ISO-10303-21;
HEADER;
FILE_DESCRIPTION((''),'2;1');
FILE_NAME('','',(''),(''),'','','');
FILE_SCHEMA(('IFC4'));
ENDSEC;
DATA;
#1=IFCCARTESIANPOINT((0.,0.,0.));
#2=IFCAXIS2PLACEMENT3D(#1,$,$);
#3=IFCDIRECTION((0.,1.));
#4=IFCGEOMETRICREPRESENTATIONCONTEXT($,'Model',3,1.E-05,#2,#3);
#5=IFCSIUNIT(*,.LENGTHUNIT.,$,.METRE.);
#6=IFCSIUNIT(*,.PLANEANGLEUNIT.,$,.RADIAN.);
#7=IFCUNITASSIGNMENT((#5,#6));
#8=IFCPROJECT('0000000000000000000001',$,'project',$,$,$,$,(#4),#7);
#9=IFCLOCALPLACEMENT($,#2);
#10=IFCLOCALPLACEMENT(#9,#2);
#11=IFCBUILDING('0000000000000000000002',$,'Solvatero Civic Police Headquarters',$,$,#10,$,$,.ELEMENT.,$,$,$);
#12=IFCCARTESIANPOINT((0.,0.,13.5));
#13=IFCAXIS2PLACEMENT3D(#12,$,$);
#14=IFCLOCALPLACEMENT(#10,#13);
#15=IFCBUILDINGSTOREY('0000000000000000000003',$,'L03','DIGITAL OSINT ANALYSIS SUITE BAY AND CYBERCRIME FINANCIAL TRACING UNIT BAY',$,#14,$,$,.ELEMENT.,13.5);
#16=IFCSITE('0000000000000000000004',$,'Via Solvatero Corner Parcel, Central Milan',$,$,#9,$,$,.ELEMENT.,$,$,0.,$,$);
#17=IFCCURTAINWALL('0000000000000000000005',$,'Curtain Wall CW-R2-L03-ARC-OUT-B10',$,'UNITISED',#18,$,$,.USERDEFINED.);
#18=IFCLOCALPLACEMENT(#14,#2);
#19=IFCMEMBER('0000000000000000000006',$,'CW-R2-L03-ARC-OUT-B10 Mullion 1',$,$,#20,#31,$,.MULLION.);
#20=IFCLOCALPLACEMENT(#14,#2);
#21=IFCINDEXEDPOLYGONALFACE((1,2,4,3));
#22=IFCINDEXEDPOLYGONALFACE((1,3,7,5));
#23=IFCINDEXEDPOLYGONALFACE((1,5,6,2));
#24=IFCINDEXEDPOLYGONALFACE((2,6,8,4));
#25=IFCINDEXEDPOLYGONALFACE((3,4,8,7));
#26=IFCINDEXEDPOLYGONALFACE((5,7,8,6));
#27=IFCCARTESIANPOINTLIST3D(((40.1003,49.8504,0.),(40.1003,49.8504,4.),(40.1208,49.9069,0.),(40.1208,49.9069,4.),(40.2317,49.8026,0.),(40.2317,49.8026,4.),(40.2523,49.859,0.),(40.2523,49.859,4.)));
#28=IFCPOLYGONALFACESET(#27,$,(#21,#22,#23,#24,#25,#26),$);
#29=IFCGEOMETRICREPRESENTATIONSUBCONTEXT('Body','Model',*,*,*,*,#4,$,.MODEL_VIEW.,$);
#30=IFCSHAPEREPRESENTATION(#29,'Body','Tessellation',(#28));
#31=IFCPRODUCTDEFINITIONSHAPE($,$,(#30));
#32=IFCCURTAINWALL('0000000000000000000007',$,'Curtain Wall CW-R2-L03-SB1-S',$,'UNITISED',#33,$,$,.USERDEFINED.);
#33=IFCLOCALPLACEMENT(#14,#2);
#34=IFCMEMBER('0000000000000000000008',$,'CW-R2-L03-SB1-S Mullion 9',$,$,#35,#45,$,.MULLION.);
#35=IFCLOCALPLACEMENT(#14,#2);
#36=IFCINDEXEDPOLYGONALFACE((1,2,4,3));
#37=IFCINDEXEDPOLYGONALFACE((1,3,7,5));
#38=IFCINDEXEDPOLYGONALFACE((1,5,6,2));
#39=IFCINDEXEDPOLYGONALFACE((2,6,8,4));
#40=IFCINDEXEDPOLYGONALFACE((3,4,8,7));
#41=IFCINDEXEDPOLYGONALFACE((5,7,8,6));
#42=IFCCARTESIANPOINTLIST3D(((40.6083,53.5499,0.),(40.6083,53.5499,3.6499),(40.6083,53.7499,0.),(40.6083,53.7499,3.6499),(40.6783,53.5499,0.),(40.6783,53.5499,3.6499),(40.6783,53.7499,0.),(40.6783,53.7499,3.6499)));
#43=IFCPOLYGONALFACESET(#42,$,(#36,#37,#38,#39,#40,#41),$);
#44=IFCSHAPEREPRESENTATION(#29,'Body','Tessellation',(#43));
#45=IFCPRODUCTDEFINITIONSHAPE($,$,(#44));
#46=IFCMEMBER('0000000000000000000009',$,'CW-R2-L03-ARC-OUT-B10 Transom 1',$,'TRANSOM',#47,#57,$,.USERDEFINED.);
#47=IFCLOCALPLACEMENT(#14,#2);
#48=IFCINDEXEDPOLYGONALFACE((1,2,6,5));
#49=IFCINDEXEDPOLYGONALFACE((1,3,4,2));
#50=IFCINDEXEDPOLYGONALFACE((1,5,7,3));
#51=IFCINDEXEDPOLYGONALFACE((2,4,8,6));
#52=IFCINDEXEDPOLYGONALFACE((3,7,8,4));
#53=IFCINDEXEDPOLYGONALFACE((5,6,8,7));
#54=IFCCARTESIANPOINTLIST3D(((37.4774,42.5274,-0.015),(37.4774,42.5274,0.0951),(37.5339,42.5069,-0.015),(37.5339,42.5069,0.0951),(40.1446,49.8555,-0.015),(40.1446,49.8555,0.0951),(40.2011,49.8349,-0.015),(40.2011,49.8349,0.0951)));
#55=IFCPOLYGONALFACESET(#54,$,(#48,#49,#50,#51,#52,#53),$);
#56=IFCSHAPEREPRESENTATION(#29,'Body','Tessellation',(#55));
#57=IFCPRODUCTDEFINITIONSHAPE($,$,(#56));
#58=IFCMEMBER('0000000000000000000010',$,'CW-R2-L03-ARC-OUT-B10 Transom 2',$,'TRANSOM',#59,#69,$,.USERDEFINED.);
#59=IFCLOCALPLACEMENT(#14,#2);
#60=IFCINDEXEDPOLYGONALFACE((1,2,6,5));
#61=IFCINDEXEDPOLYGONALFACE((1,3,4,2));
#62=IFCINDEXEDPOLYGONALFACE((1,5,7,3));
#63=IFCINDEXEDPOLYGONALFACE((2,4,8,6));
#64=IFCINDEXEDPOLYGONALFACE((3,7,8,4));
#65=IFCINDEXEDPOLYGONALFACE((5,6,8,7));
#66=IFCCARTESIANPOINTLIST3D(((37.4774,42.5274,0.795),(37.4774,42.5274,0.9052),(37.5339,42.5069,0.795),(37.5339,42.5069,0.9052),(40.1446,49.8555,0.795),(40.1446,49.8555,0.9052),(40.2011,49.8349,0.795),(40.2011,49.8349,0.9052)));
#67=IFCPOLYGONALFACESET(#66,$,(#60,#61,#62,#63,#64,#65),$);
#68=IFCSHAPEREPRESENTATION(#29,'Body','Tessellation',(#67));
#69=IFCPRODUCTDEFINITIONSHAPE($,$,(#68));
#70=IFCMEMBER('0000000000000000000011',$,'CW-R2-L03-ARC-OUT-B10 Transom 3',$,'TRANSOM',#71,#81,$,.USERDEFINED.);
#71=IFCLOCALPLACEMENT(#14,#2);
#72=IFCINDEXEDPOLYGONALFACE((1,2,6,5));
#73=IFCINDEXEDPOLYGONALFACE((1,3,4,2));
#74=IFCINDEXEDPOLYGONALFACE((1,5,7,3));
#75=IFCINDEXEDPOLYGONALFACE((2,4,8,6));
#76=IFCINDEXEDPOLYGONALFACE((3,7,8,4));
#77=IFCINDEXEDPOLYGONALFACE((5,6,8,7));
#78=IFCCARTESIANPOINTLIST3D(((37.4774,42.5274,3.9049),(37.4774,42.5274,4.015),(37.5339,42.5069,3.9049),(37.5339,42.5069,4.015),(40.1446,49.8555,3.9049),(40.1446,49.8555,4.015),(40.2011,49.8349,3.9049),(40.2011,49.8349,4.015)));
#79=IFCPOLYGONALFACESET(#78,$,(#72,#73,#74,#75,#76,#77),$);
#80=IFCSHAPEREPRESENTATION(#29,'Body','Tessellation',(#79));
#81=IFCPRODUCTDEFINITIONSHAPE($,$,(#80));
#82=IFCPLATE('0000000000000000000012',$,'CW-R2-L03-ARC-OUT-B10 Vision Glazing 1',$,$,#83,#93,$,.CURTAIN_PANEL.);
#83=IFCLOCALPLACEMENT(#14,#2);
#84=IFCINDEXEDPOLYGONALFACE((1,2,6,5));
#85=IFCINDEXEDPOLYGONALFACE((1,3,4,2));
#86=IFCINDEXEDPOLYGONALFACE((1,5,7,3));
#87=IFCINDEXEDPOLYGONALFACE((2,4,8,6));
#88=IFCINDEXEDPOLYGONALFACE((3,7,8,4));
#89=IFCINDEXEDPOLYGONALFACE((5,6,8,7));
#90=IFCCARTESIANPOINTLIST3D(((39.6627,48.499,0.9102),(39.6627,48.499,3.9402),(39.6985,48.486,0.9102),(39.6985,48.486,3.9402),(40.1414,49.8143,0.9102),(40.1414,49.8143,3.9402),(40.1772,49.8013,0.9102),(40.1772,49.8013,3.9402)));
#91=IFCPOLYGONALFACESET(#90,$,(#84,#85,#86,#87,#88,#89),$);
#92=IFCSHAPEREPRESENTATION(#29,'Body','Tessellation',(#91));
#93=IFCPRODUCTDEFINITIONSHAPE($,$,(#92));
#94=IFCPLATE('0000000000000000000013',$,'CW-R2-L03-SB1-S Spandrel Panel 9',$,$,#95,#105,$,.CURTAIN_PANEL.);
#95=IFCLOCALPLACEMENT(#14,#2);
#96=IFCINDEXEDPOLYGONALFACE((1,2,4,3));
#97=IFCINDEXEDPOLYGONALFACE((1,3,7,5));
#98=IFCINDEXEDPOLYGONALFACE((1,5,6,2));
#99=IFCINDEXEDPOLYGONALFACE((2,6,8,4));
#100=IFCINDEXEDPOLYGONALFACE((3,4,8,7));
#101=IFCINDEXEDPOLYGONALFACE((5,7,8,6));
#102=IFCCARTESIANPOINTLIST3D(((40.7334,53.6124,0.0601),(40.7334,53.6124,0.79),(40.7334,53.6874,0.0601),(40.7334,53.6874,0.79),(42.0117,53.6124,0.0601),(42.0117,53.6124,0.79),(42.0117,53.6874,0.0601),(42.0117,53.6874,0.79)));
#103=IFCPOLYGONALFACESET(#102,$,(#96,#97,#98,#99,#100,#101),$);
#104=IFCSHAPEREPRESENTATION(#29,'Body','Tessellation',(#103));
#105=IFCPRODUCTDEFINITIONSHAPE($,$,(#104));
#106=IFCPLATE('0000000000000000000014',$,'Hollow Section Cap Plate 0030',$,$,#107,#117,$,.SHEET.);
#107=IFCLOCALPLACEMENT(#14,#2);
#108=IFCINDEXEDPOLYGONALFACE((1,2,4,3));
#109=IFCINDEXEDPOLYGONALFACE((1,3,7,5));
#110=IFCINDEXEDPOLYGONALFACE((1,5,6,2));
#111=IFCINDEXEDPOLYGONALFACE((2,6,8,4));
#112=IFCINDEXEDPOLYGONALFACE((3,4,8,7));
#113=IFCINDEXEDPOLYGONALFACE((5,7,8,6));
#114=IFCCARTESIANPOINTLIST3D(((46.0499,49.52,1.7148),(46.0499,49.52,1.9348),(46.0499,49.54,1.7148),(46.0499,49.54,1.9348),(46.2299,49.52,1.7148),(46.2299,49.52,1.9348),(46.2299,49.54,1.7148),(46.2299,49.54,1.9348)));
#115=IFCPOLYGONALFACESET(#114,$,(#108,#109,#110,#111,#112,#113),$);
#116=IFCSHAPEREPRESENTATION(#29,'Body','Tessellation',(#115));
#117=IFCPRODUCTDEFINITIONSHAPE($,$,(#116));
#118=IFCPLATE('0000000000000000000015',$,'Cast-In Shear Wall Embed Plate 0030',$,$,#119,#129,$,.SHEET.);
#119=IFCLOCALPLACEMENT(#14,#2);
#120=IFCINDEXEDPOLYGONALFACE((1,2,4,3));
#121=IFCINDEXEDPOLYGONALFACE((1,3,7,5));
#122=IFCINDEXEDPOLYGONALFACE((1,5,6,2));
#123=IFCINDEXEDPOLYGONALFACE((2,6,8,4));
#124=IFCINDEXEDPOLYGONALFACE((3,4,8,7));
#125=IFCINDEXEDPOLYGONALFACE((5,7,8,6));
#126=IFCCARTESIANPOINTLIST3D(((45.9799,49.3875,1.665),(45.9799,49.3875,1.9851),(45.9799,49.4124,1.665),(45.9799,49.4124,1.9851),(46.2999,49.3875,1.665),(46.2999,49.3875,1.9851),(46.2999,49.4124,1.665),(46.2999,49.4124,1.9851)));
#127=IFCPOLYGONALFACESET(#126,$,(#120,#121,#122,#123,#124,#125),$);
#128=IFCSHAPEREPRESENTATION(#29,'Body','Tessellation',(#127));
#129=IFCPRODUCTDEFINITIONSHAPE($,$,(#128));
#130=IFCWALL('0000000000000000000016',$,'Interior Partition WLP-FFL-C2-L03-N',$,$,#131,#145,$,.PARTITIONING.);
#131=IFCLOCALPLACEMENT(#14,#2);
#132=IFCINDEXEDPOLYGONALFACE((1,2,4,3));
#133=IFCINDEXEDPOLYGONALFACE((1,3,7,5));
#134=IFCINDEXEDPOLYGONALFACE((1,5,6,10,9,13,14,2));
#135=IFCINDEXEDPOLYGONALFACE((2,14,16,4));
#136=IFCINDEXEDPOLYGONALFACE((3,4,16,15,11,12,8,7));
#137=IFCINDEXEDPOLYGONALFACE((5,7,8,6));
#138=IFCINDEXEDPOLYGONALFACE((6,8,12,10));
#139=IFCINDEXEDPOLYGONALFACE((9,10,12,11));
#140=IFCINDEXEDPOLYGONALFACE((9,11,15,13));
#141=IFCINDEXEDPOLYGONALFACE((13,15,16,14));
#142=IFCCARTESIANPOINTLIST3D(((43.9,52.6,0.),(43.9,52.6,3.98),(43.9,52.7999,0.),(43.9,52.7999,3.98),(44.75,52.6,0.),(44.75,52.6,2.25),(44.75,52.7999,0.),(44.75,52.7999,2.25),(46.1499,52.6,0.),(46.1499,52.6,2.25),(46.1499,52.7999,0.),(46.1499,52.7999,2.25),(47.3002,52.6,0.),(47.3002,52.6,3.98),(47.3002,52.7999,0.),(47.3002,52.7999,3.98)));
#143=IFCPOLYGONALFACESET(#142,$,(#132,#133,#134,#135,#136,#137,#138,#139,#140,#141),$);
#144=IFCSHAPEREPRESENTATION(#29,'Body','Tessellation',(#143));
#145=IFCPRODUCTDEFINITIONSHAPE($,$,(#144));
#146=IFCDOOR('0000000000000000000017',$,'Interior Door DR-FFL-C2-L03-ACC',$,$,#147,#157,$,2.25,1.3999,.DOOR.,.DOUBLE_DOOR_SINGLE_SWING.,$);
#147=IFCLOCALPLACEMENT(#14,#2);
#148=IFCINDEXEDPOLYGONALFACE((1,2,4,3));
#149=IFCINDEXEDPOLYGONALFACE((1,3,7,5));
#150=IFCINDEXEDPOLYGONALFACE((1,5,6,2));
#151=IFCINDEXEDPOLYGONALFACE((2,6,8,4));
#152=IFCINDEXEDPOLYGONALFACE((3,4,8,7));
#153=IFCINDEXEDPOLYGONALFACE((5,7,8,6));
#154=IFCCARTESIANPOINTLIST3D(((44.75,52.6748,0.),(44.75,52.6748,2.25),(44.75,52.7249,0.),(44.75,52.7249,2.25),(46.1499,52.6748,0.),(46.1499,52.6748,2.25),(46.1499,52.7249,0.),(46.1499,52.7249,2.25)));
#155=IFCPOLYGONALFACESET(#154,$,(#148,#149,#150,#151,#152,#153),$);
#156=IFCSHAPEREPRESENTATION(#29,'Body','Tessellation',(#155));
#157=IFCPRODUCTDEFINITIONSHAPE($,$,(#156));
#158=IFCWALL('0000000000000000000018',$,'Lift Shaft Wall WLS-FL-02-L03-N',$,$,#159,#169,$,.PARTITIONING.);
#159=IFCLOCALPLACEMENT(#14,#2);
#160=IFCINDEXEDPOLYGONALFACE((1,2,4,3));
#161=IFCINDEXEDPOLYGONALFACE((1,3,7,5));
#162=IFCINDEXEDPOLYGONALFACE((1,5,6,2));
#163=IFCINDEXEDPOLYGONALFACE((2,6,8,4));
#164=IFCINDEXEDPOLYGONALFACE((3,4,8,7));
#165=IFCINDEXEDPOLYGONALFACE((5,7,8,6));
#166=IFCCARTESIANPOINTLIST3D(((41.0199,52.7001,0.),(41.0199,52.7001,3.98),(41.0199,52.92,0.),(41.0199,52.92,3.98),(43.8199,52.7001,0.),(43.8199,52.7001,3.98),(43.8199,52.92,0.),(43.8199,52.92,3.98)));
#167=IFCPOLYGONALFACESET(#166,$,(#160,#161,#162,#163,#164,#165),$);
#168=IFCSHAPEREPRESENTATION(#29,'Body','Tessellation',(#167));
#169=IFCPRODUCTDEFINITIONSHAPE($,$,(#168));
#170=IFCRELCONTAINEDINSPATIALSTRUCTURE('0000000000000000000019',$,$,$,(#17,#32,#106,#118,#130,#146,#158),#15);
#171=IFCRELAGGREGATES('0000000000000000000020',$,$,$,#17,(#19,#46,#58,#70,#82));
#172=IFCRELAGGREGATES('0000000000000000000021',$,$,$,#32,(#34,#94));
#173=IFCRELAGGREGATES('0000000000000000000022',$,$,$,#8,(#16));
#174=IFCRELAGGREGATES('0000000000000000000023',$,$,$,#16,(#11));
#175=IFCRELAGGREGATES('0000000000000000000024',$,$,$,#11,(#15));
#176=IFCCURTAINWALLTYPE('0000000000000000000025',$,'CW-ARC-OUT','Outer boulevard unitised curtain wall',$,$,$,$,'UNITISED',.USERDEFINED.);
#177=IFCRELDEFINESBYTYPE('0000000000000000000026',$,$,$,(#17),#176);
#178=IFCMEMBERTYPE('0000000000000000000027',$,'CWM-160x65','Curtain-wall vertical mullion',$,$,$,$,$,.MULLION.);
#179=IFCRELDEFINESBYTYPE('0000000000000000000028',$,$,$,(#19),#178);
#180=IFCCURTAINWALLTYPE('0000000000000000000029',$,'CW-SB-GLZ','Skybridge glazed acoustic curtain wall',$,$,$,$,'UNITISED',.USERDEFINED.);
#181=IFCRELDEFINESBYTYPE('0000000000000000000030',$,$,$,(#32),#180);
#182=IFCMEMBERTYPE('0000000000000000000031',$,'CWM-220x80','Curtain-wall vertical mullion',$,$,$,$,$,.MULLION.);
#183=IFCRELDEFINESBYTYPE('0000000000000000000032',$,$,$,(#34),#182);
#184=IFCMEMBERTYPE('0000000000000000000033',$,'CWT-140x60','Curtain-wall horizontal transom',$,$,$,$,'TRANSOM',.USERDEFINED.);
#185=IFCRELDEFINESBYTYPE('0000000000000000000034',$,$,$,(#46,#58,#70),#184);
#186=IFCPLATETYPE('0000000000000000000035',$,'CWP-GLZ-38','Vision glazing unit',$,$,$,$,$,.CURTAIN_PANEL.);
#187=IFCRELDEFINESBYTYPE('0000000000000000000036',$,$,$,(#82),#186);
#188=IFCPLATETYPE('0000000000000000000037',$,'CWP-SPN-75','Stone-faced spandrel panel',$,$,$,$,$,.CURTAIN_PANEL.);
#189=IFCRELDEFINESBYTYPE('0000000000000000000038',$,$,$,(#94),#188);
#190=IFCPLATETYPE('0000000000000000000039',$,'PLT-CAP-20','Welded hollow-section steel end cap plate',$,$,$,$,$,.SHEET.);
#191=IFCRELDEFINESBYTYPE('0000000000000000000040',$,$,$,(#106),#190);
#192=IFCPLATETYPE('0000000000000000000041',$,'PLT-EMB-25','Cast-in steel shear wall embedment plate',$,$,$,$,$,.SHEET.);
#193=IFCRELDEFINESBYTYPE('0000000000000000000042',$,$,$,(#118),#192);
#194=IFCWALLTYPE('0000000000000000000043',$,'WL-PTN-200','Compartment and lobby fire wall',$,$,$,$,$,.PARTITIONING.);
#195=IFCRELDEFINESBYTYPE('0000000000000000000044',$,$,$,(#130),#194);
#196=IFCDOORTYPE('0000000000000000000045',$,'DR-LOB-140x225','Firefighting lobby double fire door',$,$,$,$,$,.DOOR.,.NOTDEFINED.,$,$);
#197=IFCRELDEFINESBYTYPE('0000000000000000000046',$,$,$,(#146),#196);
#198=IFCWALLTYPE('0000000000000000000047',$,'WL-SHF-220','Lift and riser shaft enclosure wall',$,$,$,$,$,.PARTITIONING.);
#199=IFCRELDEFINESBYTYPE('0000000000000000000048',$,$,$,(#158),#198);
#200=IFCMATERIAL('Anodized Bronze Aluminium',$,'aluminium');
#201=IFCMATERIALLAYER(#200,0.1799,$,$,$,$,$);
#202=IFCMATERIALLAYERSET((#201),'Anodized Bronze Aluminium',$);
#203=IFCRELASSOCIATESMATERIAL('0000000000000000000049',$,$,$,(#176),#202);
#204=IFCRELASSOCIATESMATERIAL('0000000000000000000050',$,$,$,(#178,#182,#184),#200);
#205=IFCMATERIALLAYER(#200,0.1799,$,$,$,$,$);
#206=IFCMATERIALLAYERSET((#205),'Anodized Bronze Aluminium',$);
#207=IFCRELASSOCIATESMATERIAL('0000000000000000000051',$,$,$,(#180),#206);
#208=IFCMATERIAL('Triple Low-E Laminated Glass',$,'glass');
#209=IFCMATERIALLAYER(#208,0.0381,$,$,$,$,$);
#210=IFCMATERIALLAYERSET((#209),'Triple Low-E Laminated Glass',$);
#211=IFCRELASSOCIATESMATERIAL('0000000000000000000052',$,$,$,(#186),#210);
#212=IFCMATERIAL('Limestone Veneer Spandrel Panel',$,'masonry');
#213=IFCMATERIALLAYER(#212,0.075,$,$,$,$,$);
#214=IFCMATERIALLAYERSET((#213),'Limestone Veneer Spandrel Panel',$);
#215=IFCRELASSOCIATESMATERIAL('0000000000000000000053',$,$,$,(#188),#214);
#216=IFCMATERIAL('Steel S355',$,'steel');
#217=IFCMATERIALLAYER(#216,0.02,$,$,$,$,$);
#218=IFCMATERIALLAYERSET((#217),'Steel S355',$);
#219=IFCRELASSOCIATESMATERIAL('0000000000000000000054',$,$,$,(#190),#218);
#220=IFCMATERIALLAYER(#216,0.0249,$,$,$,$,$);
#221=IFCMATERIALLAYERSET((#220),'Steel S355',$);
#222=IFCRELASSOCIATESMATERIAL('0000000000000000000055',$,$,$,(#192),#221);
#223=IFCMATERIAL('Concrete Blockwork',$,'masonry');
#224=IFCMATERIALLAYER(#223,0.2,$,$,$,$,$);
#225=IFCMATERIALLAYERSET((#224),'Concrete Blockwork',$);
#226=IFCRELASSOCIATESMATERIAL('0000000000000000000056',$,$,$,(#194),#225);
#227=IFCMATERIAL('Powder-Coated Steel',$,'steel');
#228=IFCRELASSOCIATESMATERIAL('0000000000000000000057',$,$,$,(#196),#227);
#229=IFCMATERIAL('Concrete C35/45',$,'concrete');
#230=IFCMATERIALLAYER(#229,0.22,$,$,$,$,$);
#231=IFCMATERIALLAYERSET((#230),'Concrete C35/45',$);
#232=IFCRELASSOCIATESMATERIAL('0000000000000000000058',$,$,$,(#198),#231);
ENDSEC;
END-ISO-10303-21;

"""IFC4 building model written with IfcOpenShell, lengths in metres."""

from ifc_helpers import new_model, si_unit, direction, frame, frame_2d, origin, origin_2d, place, context, subcontext, project, spatial, rectangle, extrude, material, layer, layer_set, material_profile, profile_set, type_object, element, fill, aggregate, save


model = new_model("IFC4")

# Units and contexts
model_context = context("Model", 3, precision=1e-05, world=origin(), true_north=direction((0.0, 1.0)))
body_context = subcontext(model_context, "Body", "Model", "MODEL_VIEW")
ifc_project = project(units=[si_unit("LENGTHUNIT", "METRE"), si_unit("PLANEANGLEUNIT", "RADIAN")], contexts=[model_context])

# Site, building, storey
site_placement = place(None, origin())
site = spatial("IfcSite", under=ifc_project, at=site_placement, Name="Via Solvatero Corner Parcel, Central Milan", CompositionType="ELEMENT", RefElevation=0.0)
building_placement = place(site_placement, origin())
building = spatial("IfcBuilding", under=site, at=building_placement, Name="Solvatero Civic Police Headquarters", CompositionType="ELEMENT")
storey_placement = place(building_placement, frame((0.0, 0.0, 13.5)))
storey = spatial("IfcBuildingStorey", under=building, at=storey_placement, Name="L03", Description="DIGITAL OSINT ANALYSIS SUITE BAY AND CYBERCRIME FINANCIAL TRACING UNIT BAY", CompositionType="ELEMENT", Elevation=13.5)

# Curtain walls, members
ifc_material_1 = material(Name="Anodized Bronze Aluminium", Category="aluminium")
ifc_layer_1 = layer(ifc_material_1, 0.1799)
ifc_layer_set_1 = layer_set([ifc_layer_1], Name="Anodized Bronze Aluminium")
curtain_wall_type_1 = type_object("IfcCurtainWallType", Name="CW-ARC-OUT", Description="Outer boulevard unitised curtain wall", ElementType="UNITISED", PredefinedType="USERDEFINED", material=ifc_layer_set_1)
curtain_wall_1_placement = place(storey_placement, origin())
curtain_wall_1 = element("IfcCurtainWall", 1, at=curtain_wall_1_placement, inside=storey, type_object=curtain_wall_type_1, Name="Curtain Wall CW-R2-L03-ARC-OUT-B10", ObjectType="UNITISED", PredefinedType="USERDEFINED")
ifc_material_profile_1 = material_profile(ifc_material_1, rectangle(XDim=0.0601, YDim=0.1399, at=origin_2d()), Name="ALU MULLION 60x140")
ifc_profile_set_1 = profile_set([ifc_material_profile_1], Name="Anodized Bronze Aluminium")
member_type_1 = type_object("IfcMemberType", Name="CWM-160x65", Description="Curtain-wall vertical mullion", PredefinedType="MULLION", material=ifc_profile_set_1)
member_1_placement = place(storey_placement, frame((40.1763, 49.8547, 0.0), z_axis=(0.0, 0.0, 1.0), x_axis=(-0.34202, -0.939693, 0.0)))
member_1 = element("IfcMember", 2, at=member_1_placement, type_object=member_type_1, Name="CW-R2-L03-ARC-OUT-B10 Mullion 1", PredefinedType="MULLION", context=body_context, shape_type="SweptSolid", body=[
    extrude(rectangle(XDim=0.0601, YDim=0.1399, at=origin_2d()), origin(), (0.0, 0.0, 1.0), 4.0),
])
ifc_layer_2 = layer(ifc_material_1, 0.1799)
ifc_layer_set_2 = layer_set([ifc_layer_2], Name="Anodized Bronze Aluminium")
curtain_wall_type_2 = type_object("IfcCurtainWallType", Name="CW-SB-GLZ", Description="Skybridge glazed acoustic curtain wall", ElementType="UNITISED", PredefinedType="USERDEFINED", material=ifc_layer_set_2)
curtain_wall_2_placement = place(storey_placement, origin())
curtain_wall_2 = element("IfcCurtainWall", 3, at=curtain_wall_2_placement, inside=storey, type_object=curtain_wall_type_2, Name="Curtain Wall CW-R2-L03-SB1-S", ObjectType="UNITISED", PredefinedType="USERDEFINED")
ifc_material_profile_2 = material_profile(ifc_material_1, rectangle(XDim=0.0701, YDim=0.2, at=origin_2d()), Name="ALU MULLION 70x200")
ifc_profile_set_2 = profile_set([ifc_material_profile_2], Name="Anodized Bronze Aluminium")
member_type_2 = type_object("IfcMemberType", Name="CWM-220x80", Description="Curtain-wall vertical mullion", PredefinedType="MULLION", material=ifc_profile_set_2)
member_2_placement = place(storey_placement, frame((40.6433, 53.6499, 0.0), z_axis=(0.0, 0.0, 1.0), x_axis=(1.0, 0.0, 0.0)))
member_2 = element("IfcMember", 4, at=member_2_placement, type_object=member_type_2, Name="CW-R2-L03-SB1-S Mullion 9", PredefinedType="MULLION", context=body_context, shape_type="SweptSolid", body=[
    extrude(rectangle(XDim=0.0701, YDim=0.2, at=origin_2d()), origin(), (0.0, 0.0, 1.0), 3.6499),
])

# Members
ifc_material_profile_3 = material_profile(ifc_material_1, rectangle(XDim=0.0601, YDim=0.1101, at=origin_2d()), Name="ALU TRANSOM 60x110")
ifc_profile_set_3 = profile_set([ifc_material_profile_3], Name="Anodized Bronze Aluminium")
member_type_3 = type_object("IfcMemberType", Name="CWT-140x60", Description="Curtain-wall horizontal transom", ElementType="TRANSOM", PredefinedType="USERDEFINED", material=ifc_profile_set_3)
member_3_placement = place(storey_placement, frame((40.1729, 49.8452, 0.04), z_axis=(-0.342022, -0.939692, 0.0), x_axis=(0.939692, -0.342022, 0.0)))
member_3 = element("IfcMember", 5, at=member_3_placement, type_object=member_type_3, Name="CW-R2-L03-ARC-OUT-B10 Transom 1", ObjectType="TRANSOM", PredefinedType="USERDEFINED", context=body_context, shape_type="SweptSolid", body=[
    extrude(rectangle(XDim=0.0601, YDim=0.1101, at=origin_2d()), origin(), (0.0, 0.0, 1.0), 7.7983),
])
member_4_placement = place(storey_placement, frame((40.1729, 49.8452, 0.8501), z_axis=(-0.342022, -0.939692, 0.0), x_axis=(0.939692, -0.342022, 0.0)))
member_4 = element("IfcMember", 6, at=member_4_placement, type_object=member_type_3, Name="CW-R2-L03-ARC-OUT-B10 Transom 2", ObjectType="TRANSOM", PredefinedType="USERDEFINED", context=body_context, shape_type="SweptSolid", body=[
    extrude(rectangle(XDim=0.0601, YDim=0.1101, at=origin_2d()), origin(), (0.0, 0.0, 1.0), 7.7983),
])
member_5_placement = place(storey_placement, frame((40.1729, 49.8452, 3.96), z_axis=(-0.342022, -0.939692, 0.0), x_axis=(0.939692, -0.342022, 0.0)))
member_5 = element("IfcMember", 7, at=member_5_placement, type_object=member_type_3, Name="CW-R2-L03-ARC-OUT-B10 Transom 3", ObjectType="TRANSOM", PredefinedType="USERDEFINED", context=body_context, shape_type="SweptSolid", body=[
    extrude(rectangle(XDim=0.0601, YDim=0.1101, at=origin_2d()), origin(), (0.0, 0.0, 1.0), 7.7983),
])

# Plates
ifc_material_2 = material(Name="Triple Low-E Laminated Glass", Category="glass")
ifc_layer_3 = layer(ifc_material_2, 0.0381)
ifc_layer_set_3 = layer_set([ifc_layer_3], Name="Triple Low-E Laminated Glass")
plate_type_1 = type_object("IfcPlateType", Name="CWP-GLZ-38", Description="Vision glazing unit", PredefinedType="CURTAIN_PANEL", material=ifc_layer_set_3)
plate_1_placement = place(storey_placement, frame((39.9199, 49.1501, 0.9102), z_axis=(0.0, 0.0, 1.0), x_axis=(-0.34202, -0.939693, 0.0)))
plate_1 = element("IfcPlate", 8, at=plate_1_placement, type_object=plate_type_1, Name="CW-R2-L03-ARC-OUT-B10 Vision Glazing 1", PredefinedType="CURTAIN_PANEL", context=body_context, shape_type="SweptSolid", body=[
    extrude(rectangle(XDim=1.3997, YDim=0.0381, at=origin_2d()), origin(), (0.0, 0.0, 1.0), 3.03),
])
aggregate(curtain_wall_1, [member_1, member_3, member_4, member_5, plate_1])
ifc_material_3 = material(Name="Limestone Veneer Spandrel Panel", Category="masonry")
ifc_layer_4 = layer(ifc_material_3, 0.075)
ifc_layer_set_4 = layer_set([ifc_layer_4], Name="Limestone Veneer Spandrel Panel")
plate_type_2 = type_object("IfcPlateType", Name="CWP-SPN-75", Description="Stone-faced spandrel panel", PredefinedType="CURTAIN_PANEL", material=ifc_layer_set_4)
plate_2_placement = place(storey_placement, frame((41.3726, 53.6499, 0.0601), z_axis=(0.0, 0.0, 1.0), x_axis=(1.0, 0.0, 0.0)))
plate_2 = element("IfcPlate", 9, at=plate_2_placement, type_object=plate_type_2, Name="CW-R2-L03-SB1-S Spandrel Panel 9", PredefinedType="CURTAIN_PANEL", context=body_context, shape_type="SweptSolid", body=[
    extrude(rectangle(XDim=1.2783, YDim=0.075, at=origin_2d()), origin(), (0.0, 0.0, 1.0), 0.73),
])
aggregate(curtain_wall_2, [member_2, plate_2])

# Plates
ifc_material_4 = material(Name="Steel S355", Category="steel")
ifc_layer_5 = layer(ifc_material_4, 0.02)
ifc_layer_set_5 = layer_set([ifc_layer_5], Name="Steel S355")
plate_type_3 = type_object("IfcPlateType", Name="PLT-CAP-20", Description="Welded hollow-section steel end cap plate", PredefinedType="SHEET", material=ifc_layer_set_5)
plate_3_placement = place(storey_placement, frame((46.1399, 49.53, 1.7148), z_axis=(0.0, 0.0, 1.0), x_axis=(1.0, 0.0, 0.0)))
element("IfcPlate", 10, at=plate_3_placement, inside=storey, type_object=plate_type_3, Name="Hollow Section Cap Plate 0030", PredefinedType="SHEET", context=body_context, shape_type="SweptSolid", body=[
    extrude(rectangle(XDim=0.1799, YDim=0.02, at=origin_2d()), origin(), (0.0, 0.0, 1.0), 0.22),
])
ifc_layer_6 = layer(ifc_material_4, 0.0249)
ifc_layer_set_6 = layer_set([ifc_layer_6], Name="Steel S355")
plate_type_4 = type_object("IfcPlateType", Name="PLT-EMB-25", Description="Cast-in steel shear wall embedment plate", PredefinedType="SHEET", material=ifc_layer_set_6)
plate_4_placement = place(storey_placement, frame((46.1399, 49.3999, 1.665), z_axis=(0.0, 0.0, 1.0), x_axis=(1.0, 0.0, 0.0)))
element("IfcPlate", 11, at=plate_4_placement, inside=storey, type_object=plate_type_4, Name="Cast-In Shear Wall Embed Plate 0030", PredefinedType="SHEET", context=body_context, shape_type="SweptSolid", body=[
    extrude(rectangle(XDim=0.3201, YDim=0.0249, at=origin_2d()), origin(), (0.0, 0.0, 1.0), 0.3201),
])

# Wall, opening, door
ifc_material_5 = material(Name="Concrete Blockwork", Category="masonry")
ifc_layer_7 = layer(ifc_material_5, 0.2)
ifc_layer_set_7 = layer_set([ifc_layer_7], Name="Concrete Blockwork")
wall_type_1 = type_object("IfcWallType", Name="WL-PTN-200", Description="Compartment and lobby fire wall", PredefinedType="PARTITIONING", material=ifc_layer_set_7)
wall_1_placement = place(storey_placement, frame((43.8999, 52.7, 0.0), z_axis=(0.0, 0.0, 1.0), x_axis=(1.0, 0.0, 0.0)))
wall_1 = element("IfcWall", 12, at=wall_1_placement, inside=storey, type_object=wall_type_1, Name="Interior Partition WLP-FFL-C2-L03-N", PredefinedType="PARTITIONING", context=body_context, shape_type="SweptSolid", body=[
    extrude(rectangle(XDim=3.4001, YDim=0.2, at=frame_2d((1.7002, 0.0))), origin(), (0.0, 0.0, 1.0), 3.98),
])
opening_1_placement = place(wall_1_placement, frame((0.8501, 0.0, 0.0)))
opening_1 = element("IfcOpeningElement", 13, at=opening_1_placement, cuts=wall_1, PredefinedType="OPENING", context=body_context, shape_type="SweptSolid", body=[
    extrude(rectangle(XDim=1.3999, YDim=2.25, at=frame_2d((0.7, 1.125))), frame((0.0, 0.1099, 0.0), z_axis=(0.0, -1.0, 0.0), x_axis=(1.0, 0.0, 0.0)), (0.0, 0.0, 1.0), 0.22),
])
ifc_material_6 = material(Name="Powder-Coated Steel", Category="steel")
door_type_1 = type_object("IfcDoorType", Name="DR-LOB-140x225", Description="Firefighting lobby double fire door", OperationType="NOTDEFINED", PredefinedType="DOOR", material=ifc_material_6)
door_1_placement = place(opening_1_placement, origin())
door_1 = element("IfcDoor", 14, at=door_1_placement, inside=storey, type_object=door_type_1, Name="Interior Door DR-FFL-C2-L03-ACC", OperationType="DOUBLE_DOOR_SINGLE_SWING", OverallHeight=2.25, OverallWidth=1.3999, PredefinedType="DOOR", context=body_context, shape_type="SweptSolid", body=[
    extrude(rectangle(XDim=1.3999, YDim=2.25, at=frame_2d((0.7, 1.125))), frame((0.0, 0.0249, 0.0), z_axis=(0.0, -1.0, 0.0), x_axis=(1.0, 0.0, 0.0)), (0.0, 0.0, 1.0), 0.05),
])
fill(opening_1, door_1)

# Wall
ifc_material_7 = material(Name="Concrete C35/45", Category="concrete")
ifc_layer_8 = layer(ifc_material_7, 0.22)
ifc_layer_set_8 = layer_set([ifc_layer_8], Name="Concrete C35/45")
wall_type_2 = type_object("IfcWallType", Name="WL-SHF-220", Description="Lift and riser shaft enclosure wall", PredefinedType="PARTITIONING", material=ifc_layer_set_8)
wall_2_placement = place(storey_placement, frame((41.02, 52.8101, 0.0), z_axis=(0.0, 0.0, 1.0), x_axis=(1.0, 0.0, 0.0)))
element("IfcWall", 15, at=wall_2_placement, inside=storey, type_object=wall_type_2, Name="Lift Shaft Wall WLS-FL-02-L03-N", PredefinedType="PARTITIONING", context=body_context, shape_type="SweptSolid", body=[
    extrude(rectangle(XDim=2.8, YDim=0.22, at=frame_2d((1.3999, 0.0))), origin(), (0.0, 0.0, 1.0), 3.98),
])

save(model, "model.ifc")
